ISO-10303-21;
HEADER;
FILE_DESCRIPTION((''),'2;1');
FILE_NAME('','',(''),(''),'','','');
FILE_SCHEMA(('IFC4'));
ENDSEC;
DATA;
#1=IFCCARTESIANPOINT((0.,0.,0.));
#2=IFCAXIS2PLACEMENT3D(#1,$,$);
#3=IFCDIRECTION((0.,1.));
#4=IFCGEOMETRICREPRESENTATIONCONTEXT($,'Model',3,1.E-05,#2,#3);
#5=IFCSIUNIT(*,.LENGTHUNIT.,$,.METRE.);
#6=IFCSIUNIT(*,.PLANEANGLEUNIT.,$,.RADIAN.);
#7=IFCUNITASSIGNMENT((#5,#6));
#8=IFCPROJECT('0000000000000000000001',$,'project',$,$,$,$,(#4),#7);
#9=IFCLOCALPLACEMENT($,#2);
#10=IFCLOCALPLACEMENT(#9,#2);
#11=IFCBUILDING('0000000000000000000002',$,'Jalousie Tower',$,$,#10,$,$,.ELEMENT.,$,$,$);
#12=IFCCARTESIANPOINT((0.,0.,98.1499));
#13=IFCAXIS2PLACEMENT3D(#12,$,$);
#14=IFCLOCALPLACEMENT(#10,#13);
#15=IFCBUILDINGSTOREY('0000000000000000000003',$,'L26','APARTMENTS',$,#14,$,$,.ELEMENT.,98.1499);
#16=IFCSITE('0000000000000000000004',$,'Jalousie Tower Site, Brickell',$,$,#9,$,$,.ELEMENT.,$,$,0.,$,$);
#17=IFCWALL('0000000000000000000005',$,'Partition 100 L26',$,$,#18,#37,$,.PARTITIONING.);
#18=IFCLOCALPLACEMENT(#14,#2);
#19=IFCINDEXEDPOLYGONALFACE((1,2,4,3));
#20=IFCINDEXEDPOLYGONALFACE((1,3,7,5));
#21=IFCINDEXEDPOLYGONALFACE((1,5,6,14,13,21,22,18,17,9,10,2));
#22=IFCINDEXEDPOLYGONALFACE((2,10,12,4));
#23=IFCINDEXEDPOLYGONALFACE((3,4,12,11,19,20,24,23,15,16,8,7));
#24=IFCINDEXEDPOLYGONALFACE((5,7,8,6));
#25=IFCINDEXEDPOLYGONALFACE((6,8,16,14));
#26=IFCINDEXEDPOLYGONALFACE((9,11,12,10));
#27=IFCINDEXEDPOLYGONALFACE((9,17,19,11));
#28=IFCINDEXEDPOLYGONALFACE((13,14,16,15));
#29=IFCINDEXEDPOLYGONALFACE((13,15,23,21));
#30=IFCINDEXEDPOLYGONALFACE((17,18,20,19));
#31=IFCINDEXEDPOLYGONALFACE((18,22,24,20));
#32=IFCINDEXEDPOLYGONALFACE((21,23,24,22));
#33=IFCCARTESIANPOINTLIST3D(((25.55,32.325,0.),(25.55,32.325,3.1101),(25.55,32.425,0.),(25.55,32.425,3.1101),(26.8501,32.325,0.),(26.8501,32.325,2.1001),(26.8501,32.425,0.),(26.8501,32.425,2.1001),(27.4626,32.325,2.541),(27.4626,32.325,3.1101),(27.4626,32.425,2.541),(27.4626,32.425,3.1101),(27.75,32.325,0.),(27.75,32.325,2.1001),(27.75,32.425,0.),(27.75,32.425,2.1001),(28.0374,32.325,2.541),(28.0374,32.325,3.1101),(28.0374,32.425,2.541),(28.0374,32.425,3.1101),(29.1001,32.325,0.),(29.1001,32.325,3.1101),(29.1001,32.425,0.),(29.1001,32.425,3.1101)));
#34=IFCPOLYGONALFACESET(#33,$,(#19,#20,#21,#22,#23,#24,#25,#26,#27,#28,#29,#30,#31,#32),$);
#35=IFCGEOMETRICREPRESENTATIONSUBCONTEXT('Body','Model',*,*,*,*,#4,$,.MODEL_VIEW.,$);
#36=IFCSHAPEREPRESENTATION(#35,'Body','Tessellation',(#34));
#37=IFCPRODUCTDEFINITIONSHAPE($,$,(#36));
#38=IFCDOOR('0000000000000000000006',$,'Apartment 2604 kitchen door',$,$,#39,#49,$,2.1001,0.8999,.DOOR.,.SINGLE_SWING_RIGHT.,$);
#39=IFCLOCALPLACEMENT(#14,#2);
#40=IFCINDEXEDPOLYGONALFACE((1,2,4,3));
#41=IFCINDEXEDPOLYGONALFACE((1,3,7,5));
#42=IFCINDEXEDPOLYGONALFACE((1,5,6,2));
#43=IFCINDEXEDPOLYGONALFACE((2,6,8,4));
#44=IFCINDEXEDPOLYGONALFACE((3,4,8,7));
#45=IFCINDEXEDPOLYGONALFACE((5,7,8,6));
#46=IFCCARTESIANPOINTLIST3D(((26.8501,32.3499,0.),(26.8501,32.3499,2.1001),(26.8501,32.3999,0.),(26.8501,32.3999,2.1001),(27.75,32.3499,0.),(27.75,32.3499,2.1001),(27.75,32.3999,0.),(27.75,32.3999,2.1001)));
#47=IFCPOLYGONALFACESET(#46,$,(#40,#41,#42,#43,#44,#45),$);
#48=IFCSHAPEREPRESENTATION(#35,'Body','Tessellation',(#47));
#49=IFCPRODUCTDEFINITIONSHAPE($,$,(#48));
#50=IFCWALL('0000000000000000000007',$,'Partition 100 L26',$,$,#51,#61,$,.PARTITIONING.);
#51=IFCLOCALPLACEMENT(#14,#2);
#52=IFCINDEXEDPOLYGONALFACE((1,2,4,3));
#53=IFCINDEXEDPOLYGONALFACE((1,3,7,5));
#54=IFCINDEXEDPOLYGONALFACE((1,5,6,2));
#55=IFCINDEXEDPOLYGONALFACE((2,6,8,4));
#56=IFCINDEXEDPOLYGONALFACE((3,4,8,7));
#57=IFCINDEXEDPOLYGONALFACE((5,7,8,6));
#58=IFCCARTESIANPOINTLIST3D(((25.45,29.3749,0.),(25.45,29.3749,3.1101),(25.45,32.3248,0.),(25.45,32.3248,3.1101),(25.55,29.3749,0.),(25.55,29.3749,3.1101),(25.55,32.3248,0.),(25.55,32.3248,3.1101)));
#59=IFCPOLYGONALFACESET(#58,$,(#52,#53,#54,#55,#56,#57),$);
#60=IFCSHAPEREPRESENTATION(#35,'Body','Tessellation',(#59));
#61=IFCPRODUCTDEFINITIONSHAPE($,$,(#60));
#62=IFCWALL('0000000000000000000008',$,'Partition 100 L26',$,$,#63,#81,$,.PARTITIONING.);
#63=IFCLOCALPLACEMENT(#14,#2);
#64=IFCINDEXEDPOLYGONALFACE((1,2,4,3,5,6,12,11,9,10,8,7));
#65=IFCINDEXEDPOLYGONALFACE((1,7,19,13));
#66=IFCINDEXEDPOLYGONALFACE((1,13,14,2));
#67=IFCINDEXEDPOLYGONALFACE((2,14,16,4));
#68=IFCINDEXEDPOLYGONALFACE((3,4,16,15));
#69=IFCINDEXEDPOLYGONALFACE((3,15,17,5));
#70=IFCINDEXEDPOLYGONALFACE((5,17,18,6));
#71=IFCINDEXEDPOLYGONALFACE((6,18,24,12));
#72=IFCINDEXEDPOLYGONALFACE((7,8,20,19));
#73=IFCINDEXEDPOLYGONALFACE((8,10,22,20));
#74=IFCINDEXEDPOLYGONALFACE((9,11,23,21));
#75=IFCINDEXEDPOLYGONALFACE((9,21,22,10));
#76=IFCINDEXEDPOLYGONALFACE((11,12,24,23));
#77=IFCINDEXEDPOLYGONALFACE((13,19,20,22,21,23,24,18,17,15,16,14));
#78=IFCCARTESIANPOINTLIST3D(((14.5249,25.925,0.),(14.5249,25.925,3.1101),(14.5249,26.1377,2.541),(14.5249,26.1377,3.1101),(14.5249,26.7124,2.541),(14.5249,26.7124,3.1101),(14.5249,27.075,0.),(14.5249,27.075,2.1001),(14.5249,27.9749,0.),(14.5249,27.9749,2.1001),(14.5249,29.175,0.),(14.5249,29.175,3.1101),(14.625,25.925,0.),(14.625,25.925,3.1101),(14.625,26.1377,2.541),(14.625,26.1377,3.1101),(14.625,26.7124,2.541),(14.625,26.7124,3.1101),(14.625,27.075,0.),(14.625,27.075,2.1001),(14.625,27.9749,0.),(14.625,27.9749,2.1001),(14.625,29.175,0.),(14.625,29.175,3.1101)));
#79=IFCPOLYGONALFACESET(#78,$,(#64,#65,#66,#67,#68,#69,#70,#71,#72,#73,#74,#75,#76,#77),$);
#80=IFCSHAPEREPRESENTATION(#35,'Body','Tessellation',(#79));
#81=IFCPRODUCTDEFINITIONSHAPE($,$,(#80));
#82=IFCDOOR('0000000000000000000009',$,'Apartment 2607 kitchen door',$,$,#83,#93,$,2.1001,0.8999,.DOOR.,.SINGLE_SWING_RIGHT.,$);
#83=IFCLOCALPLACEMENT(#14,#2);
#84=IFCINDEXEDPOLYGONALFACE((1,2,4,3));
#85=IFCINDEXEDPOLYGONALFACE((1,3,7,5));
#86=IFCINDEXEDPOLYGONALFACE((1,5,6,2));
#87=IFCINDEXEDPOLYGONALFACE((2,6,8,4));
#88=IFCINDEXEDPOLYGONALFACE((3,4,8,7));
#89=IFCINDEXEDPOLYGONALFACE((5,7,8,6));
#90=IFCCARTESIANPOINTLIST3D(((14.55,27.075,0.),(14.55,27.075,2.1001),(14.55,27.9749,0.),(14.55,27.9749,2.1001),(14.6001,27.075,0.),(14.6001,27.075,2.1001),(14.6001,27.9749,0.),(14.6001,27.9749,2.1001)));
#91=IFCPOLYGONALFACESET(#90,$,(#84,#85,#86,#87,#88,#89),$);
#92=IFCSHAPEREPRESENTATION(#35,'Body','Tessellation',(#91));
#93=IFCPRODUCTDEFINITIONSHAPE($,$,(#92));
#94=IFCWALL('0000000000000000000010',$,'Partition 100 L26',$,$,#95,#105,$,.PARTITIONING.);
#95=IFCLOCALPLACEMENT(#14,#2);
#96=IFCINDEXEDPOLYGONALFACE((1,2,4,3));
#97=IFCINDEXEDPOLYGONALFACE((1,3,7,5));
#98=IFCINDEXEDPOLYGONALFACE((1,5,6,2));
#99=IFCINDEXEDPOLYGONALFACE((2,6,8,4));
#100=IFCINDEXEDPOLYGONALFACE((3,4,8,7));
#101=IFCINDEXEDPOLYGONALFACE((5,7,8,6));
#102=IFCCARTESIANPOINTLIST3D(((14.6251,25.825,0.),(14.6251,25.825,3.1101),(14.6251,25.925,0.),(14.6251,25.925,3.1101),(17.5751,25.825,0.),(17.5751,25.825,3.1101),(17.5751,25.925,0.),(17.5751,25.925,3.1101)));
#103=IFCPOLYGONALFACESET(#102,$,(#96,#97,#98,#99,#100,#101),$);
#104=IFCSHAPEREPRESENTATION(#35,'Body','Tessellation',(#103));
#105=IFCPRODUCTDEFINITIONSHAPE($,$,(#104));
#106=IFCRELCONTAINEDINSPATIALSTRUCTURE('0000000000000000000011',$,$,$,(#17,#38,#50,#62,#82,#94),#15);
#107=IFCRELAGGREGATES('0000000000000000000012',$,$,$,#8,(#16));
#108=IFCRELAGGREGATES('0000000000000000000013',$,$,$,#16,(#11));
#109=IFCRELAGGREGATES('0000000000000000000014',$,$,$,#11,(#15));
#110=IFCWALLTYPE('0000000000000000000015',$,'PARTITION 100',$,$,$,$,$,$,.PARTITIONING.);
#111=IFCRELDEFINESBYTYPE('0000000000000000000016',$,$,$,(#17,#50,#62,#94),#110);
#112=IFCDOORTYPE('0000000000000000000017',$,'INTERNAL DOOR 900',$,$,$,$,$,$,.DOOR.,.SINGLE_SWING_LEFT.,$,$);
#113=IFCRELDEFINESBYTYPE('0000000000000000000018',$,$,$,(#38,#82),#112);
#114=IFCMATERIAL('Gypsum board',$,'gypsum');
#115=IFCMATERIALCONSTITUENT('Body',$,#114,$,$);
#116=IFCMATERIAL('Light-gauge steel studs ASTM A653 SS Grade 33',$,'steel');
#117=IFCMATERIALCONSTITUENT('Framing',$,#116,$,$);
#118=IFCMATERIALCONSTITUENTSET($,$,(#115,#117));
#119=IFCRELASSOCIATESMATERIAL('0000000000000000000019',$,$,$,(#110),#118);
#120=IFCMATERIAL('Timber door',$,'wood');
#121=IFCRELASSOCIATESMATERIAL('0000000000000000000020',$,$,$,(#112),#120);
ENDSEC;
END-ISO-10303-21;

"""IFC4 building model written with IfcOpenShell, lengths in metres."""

from ifc_helpers import new_model, si_unit, direction, frame, frame_2d, origin, place, context, subcontext, project, spatial, polyline, rectangle, outline, extrude, material, constituent, constituent_set, type_object, element, fill, save


model = new_model("IFC4")

# Units and contexts
model_context = context("Model", 3, precision=1e-05, world=origin(), true_north=direction((0.0, 1.0)))
body_context = subcontext(model_context, "Body", "Model", "MODEL_VIEW")
ifc_project = project(units=[si_unit("LENGTHUNIT", "METRE"), si_unit("PLANEANGLEUNIT", "RADIAN")], contexts=[model_context])

# Site, building, storey
site_placement = place(None, origin())
site = spatial("IfcSite", under=ifc_project, at=site_placement, Name="Jalousie Tower Site, Brickell", CompositionType="ELEMENT", RefElevation=0.0)
building_placement = place(site_placement, origin())
building = spatial("IfcBuilding", under=site, at=building_placement, Name="Jalousie Tower", CompositionType="ELEMENT")
storey_placement = place(building_placement, frame((0.0, 0.0, 98.1499)))
storey = spatial("IfcBuildingStorey", under=building, at=storey_placement, Name="L26", Description="APARTMENTS", CompositionType="ELEMENT", Elevation=98.1499)

# Wall, opening, door
ifc_material_1 = material(Name="Gypsum board", Category="gypsum")
ifc_constituent_1 = constituent(ifc_material_1, Name="Body")
ifc_material_2 = material(Name="Light-gauge steel studs ASTM A653 SS Grade 33", Category="steel")
ifc_constituent_2 = constituent(ifc_material_2, Name="Framing")
ifc_constituent_set_1 = constituent_set(constituents=[ifc_constituent_1, ifc_constituent_2])
wall_type_1 = type_object("IfcWallType", Name="PARTITION 100", PredefinedType="PARTITIONING", material=ifc_constituent_set_1)
wall_1_placement = place(storey_placement, frame((25.55, 32.375, 0.0), z_axis=(0.0, 0.0, 1.0), x_axis=(1.0, 0.0, 0.0)))
wall_1 = element("IfcWall", 1, at=wall_1_placement, inside=storey, type_object=wall_type_1, Name="Partition 100 L26", PredefinedType="PARTITIONING", context=body_context, shape_type="SweptSolid", body=[
    extrude(outline(polyline([(0.0, 0.0), (3.55, 0.0), (3.55, 3.1101), (2.4873, 3.1101), (2.4873, 2.541), (1.9126, 2.541), (1.9126, 3.1101), (0.0, 3.1101), (0.0, 0.0)])), frame((0.0, 0.05, 0.0), z_axis=(0.0, -1.0, 0.0), x_axis=(1.0, 0.0, 0.0)), (0.0, 0.0, 1.0), 0.1001),
])
opening_1_placement = place(wall_1_placement, frame((1.3, 0.0, 0.0)))
opening_1 = element("IfcOpeningElement", 2, at=opening_1_placement, cuts=wall_1, PredefinedType="OPENING", context=body_context, shape_type="SweptSolid", body=[
    extrude(rectangle(XDim=0.8999, YDim=2.1001, at=frame_2d((0.45, 1.05))), frame((0.0, 0.0601, 0.0), z_axis=(0.0, -1.0, 0.0), x_axis=(1.0, 0.0, 0.0)), (0.0, 0.0, 1.0), 0.1201),
])
ifc_material_3 = material(Name="Timber door", Category="wood")
door_type_1 = type_object("IfcDoorType", Name="INTERNAL DOOR 900", OperationType="SINGLE_SWING_LEFT", PredefinedType="DOOR", material=ifc_material_3)
door_1_placement = place(opening_1_placement, origin())
door_1 = element("IfcDoor", 3, at=door_1_placement, inside=storey, type_object=door_type_1, Name="Apartment 2604 kitchen door", OperationType="SINGLE_SWING_RIGHT", OverallHeight=2.1001, OverallWidth=0.8999, PredefinedType="DOOR", context=body_context, shape_type="SweptSolid", body=[
    extrude(rectangle(XDim=0.8999, YDim=2.1001, at=frame_2d((0.45, 1.05))), frame((0.0, 0.0249, 0.0), z_axis=(0.0, -1.0, 0.0), x_axis=(1.0, 0.0, 0.0)), (0.0, 0.0, 1.0), 0.05),
])
fill(opening_1, door_1)

# Wall
wall_2_placement = place(storey_placement, frame((25.5, 32.325, 0.0), z_axis=(0.0, 0.0, 1.0), x_axis=(0.0, -1.0, 0.0)))
element("IfcWall", 4, at=wall_2_placement, inside=storey, type_object=wall_type_1, Name="Partition 100 L26", PredefinedType="PARTITIONING", context=body_context, shape_type="SweptSolid", body=[
    extrude(rectangle(XDim=2.95, YDim=0.1001, at=frame_2d((1.4751, 0.0))), origin(), (0.0, 0.0, 1.0), 3.1101),
])

# Wall, opening, door
wall_3_placement = place(storey_placement, frame((14.575, 25.925, 0.0), z_axis=(0.0, 0.0, 1.0), x_axis=(0.0, 1.0, 0.0)))
wall_3 = element("IfcWall", 5, at=wall_3_placement, inside=storey, type_object=wall_type_1, Name="Partition 100 L26", PredefinedType="PARTITIONING", context=body_context, shape_type="SweptSolid", body=[
    extrude(outline(polyline([(0.0, 0.0), (3.25, 0.0), (3.25, 3.1101), (0.7874, 3.1101), (0.7874, 2.541), (0.2126, 2.541), (0.2126, 3.1101), (0.0, 3.1101), (0.0, 0.0)])), frame((0.0, 0.05, 0.0), z_axis=(0.0, -1.0, 0.0), x_axis=(1.0, 0.0, 0.0)), (0.0, 0.0, 1.0), 0.1001),
])
opening_2_placement = place(wall_3_placement, frame((1.1499, 0.0, 0.0)))
opening_2 = element("IfcOpeningElement", 6, at=opening_2_placement, cuts=wall_3, PredefinedType="OPENING", context=body_context, shape_type="SweptSolid", body=[
    extrude(rectangle(XDim=0.8999, YDim=2.1001, at=frame_2d((0.45, 1.05))), frame((0.0, 0.0601, 0.0), z_axis=(0.0, -1.0, 0.0), x_axis=(1.0, 0.0, 0.0)), (0.0, 0.0, 1.0), 0.1201),
])
door_2_placement = place(opening_2_placement, origin())
door_2 = element("IfcDoor", 7, at=door_2_placement, inside=storey, type_object=door_type_1, Name="Apartment 2607 kitchen door", OperationType="SINGLE_SWING_RIGHT", OverallHeight=2.1001, OverallWidth=0.8999, PredefinedType="DOOR", context=body_context, shape_type="SweptSolid", body=[
    extrude(rectangle(XDim=0.8999, YDim=2.1001, at=frame_2d((0.45, 1.05))), frame((0.0, 0.0249, 0.0), z_axis=(0.0, -1.0, 0.0), x_axis=(1.0, 0.0, 0.0)), (0.0, 0.0, 1.0), 0.05),
])
fill(opening_2, door_2)

# Wall
wall_4_placement = place(storey_placement, frame((14.625, 25.875, 0.0), z_axis=(0.0, 0.0, 1.0), x_axis=(1.0, 0.0, 0.0)))
element("IfcWall", 8, at=wall_4_placement, inside=storey, type_object=wall_type_1, Name="Partition 100 L26", PredefinedType="PARTITIONING", context=body_context, shape_type="SweptSolid", body=[
    extrude(rectangle(XDim=2.95, YDim=0.1001, at=frame_2d((1.4751, 0.0))), origin(), (0.0, 0.0, 1.0), 3.1101),
])

save(model, "model.ifc")
